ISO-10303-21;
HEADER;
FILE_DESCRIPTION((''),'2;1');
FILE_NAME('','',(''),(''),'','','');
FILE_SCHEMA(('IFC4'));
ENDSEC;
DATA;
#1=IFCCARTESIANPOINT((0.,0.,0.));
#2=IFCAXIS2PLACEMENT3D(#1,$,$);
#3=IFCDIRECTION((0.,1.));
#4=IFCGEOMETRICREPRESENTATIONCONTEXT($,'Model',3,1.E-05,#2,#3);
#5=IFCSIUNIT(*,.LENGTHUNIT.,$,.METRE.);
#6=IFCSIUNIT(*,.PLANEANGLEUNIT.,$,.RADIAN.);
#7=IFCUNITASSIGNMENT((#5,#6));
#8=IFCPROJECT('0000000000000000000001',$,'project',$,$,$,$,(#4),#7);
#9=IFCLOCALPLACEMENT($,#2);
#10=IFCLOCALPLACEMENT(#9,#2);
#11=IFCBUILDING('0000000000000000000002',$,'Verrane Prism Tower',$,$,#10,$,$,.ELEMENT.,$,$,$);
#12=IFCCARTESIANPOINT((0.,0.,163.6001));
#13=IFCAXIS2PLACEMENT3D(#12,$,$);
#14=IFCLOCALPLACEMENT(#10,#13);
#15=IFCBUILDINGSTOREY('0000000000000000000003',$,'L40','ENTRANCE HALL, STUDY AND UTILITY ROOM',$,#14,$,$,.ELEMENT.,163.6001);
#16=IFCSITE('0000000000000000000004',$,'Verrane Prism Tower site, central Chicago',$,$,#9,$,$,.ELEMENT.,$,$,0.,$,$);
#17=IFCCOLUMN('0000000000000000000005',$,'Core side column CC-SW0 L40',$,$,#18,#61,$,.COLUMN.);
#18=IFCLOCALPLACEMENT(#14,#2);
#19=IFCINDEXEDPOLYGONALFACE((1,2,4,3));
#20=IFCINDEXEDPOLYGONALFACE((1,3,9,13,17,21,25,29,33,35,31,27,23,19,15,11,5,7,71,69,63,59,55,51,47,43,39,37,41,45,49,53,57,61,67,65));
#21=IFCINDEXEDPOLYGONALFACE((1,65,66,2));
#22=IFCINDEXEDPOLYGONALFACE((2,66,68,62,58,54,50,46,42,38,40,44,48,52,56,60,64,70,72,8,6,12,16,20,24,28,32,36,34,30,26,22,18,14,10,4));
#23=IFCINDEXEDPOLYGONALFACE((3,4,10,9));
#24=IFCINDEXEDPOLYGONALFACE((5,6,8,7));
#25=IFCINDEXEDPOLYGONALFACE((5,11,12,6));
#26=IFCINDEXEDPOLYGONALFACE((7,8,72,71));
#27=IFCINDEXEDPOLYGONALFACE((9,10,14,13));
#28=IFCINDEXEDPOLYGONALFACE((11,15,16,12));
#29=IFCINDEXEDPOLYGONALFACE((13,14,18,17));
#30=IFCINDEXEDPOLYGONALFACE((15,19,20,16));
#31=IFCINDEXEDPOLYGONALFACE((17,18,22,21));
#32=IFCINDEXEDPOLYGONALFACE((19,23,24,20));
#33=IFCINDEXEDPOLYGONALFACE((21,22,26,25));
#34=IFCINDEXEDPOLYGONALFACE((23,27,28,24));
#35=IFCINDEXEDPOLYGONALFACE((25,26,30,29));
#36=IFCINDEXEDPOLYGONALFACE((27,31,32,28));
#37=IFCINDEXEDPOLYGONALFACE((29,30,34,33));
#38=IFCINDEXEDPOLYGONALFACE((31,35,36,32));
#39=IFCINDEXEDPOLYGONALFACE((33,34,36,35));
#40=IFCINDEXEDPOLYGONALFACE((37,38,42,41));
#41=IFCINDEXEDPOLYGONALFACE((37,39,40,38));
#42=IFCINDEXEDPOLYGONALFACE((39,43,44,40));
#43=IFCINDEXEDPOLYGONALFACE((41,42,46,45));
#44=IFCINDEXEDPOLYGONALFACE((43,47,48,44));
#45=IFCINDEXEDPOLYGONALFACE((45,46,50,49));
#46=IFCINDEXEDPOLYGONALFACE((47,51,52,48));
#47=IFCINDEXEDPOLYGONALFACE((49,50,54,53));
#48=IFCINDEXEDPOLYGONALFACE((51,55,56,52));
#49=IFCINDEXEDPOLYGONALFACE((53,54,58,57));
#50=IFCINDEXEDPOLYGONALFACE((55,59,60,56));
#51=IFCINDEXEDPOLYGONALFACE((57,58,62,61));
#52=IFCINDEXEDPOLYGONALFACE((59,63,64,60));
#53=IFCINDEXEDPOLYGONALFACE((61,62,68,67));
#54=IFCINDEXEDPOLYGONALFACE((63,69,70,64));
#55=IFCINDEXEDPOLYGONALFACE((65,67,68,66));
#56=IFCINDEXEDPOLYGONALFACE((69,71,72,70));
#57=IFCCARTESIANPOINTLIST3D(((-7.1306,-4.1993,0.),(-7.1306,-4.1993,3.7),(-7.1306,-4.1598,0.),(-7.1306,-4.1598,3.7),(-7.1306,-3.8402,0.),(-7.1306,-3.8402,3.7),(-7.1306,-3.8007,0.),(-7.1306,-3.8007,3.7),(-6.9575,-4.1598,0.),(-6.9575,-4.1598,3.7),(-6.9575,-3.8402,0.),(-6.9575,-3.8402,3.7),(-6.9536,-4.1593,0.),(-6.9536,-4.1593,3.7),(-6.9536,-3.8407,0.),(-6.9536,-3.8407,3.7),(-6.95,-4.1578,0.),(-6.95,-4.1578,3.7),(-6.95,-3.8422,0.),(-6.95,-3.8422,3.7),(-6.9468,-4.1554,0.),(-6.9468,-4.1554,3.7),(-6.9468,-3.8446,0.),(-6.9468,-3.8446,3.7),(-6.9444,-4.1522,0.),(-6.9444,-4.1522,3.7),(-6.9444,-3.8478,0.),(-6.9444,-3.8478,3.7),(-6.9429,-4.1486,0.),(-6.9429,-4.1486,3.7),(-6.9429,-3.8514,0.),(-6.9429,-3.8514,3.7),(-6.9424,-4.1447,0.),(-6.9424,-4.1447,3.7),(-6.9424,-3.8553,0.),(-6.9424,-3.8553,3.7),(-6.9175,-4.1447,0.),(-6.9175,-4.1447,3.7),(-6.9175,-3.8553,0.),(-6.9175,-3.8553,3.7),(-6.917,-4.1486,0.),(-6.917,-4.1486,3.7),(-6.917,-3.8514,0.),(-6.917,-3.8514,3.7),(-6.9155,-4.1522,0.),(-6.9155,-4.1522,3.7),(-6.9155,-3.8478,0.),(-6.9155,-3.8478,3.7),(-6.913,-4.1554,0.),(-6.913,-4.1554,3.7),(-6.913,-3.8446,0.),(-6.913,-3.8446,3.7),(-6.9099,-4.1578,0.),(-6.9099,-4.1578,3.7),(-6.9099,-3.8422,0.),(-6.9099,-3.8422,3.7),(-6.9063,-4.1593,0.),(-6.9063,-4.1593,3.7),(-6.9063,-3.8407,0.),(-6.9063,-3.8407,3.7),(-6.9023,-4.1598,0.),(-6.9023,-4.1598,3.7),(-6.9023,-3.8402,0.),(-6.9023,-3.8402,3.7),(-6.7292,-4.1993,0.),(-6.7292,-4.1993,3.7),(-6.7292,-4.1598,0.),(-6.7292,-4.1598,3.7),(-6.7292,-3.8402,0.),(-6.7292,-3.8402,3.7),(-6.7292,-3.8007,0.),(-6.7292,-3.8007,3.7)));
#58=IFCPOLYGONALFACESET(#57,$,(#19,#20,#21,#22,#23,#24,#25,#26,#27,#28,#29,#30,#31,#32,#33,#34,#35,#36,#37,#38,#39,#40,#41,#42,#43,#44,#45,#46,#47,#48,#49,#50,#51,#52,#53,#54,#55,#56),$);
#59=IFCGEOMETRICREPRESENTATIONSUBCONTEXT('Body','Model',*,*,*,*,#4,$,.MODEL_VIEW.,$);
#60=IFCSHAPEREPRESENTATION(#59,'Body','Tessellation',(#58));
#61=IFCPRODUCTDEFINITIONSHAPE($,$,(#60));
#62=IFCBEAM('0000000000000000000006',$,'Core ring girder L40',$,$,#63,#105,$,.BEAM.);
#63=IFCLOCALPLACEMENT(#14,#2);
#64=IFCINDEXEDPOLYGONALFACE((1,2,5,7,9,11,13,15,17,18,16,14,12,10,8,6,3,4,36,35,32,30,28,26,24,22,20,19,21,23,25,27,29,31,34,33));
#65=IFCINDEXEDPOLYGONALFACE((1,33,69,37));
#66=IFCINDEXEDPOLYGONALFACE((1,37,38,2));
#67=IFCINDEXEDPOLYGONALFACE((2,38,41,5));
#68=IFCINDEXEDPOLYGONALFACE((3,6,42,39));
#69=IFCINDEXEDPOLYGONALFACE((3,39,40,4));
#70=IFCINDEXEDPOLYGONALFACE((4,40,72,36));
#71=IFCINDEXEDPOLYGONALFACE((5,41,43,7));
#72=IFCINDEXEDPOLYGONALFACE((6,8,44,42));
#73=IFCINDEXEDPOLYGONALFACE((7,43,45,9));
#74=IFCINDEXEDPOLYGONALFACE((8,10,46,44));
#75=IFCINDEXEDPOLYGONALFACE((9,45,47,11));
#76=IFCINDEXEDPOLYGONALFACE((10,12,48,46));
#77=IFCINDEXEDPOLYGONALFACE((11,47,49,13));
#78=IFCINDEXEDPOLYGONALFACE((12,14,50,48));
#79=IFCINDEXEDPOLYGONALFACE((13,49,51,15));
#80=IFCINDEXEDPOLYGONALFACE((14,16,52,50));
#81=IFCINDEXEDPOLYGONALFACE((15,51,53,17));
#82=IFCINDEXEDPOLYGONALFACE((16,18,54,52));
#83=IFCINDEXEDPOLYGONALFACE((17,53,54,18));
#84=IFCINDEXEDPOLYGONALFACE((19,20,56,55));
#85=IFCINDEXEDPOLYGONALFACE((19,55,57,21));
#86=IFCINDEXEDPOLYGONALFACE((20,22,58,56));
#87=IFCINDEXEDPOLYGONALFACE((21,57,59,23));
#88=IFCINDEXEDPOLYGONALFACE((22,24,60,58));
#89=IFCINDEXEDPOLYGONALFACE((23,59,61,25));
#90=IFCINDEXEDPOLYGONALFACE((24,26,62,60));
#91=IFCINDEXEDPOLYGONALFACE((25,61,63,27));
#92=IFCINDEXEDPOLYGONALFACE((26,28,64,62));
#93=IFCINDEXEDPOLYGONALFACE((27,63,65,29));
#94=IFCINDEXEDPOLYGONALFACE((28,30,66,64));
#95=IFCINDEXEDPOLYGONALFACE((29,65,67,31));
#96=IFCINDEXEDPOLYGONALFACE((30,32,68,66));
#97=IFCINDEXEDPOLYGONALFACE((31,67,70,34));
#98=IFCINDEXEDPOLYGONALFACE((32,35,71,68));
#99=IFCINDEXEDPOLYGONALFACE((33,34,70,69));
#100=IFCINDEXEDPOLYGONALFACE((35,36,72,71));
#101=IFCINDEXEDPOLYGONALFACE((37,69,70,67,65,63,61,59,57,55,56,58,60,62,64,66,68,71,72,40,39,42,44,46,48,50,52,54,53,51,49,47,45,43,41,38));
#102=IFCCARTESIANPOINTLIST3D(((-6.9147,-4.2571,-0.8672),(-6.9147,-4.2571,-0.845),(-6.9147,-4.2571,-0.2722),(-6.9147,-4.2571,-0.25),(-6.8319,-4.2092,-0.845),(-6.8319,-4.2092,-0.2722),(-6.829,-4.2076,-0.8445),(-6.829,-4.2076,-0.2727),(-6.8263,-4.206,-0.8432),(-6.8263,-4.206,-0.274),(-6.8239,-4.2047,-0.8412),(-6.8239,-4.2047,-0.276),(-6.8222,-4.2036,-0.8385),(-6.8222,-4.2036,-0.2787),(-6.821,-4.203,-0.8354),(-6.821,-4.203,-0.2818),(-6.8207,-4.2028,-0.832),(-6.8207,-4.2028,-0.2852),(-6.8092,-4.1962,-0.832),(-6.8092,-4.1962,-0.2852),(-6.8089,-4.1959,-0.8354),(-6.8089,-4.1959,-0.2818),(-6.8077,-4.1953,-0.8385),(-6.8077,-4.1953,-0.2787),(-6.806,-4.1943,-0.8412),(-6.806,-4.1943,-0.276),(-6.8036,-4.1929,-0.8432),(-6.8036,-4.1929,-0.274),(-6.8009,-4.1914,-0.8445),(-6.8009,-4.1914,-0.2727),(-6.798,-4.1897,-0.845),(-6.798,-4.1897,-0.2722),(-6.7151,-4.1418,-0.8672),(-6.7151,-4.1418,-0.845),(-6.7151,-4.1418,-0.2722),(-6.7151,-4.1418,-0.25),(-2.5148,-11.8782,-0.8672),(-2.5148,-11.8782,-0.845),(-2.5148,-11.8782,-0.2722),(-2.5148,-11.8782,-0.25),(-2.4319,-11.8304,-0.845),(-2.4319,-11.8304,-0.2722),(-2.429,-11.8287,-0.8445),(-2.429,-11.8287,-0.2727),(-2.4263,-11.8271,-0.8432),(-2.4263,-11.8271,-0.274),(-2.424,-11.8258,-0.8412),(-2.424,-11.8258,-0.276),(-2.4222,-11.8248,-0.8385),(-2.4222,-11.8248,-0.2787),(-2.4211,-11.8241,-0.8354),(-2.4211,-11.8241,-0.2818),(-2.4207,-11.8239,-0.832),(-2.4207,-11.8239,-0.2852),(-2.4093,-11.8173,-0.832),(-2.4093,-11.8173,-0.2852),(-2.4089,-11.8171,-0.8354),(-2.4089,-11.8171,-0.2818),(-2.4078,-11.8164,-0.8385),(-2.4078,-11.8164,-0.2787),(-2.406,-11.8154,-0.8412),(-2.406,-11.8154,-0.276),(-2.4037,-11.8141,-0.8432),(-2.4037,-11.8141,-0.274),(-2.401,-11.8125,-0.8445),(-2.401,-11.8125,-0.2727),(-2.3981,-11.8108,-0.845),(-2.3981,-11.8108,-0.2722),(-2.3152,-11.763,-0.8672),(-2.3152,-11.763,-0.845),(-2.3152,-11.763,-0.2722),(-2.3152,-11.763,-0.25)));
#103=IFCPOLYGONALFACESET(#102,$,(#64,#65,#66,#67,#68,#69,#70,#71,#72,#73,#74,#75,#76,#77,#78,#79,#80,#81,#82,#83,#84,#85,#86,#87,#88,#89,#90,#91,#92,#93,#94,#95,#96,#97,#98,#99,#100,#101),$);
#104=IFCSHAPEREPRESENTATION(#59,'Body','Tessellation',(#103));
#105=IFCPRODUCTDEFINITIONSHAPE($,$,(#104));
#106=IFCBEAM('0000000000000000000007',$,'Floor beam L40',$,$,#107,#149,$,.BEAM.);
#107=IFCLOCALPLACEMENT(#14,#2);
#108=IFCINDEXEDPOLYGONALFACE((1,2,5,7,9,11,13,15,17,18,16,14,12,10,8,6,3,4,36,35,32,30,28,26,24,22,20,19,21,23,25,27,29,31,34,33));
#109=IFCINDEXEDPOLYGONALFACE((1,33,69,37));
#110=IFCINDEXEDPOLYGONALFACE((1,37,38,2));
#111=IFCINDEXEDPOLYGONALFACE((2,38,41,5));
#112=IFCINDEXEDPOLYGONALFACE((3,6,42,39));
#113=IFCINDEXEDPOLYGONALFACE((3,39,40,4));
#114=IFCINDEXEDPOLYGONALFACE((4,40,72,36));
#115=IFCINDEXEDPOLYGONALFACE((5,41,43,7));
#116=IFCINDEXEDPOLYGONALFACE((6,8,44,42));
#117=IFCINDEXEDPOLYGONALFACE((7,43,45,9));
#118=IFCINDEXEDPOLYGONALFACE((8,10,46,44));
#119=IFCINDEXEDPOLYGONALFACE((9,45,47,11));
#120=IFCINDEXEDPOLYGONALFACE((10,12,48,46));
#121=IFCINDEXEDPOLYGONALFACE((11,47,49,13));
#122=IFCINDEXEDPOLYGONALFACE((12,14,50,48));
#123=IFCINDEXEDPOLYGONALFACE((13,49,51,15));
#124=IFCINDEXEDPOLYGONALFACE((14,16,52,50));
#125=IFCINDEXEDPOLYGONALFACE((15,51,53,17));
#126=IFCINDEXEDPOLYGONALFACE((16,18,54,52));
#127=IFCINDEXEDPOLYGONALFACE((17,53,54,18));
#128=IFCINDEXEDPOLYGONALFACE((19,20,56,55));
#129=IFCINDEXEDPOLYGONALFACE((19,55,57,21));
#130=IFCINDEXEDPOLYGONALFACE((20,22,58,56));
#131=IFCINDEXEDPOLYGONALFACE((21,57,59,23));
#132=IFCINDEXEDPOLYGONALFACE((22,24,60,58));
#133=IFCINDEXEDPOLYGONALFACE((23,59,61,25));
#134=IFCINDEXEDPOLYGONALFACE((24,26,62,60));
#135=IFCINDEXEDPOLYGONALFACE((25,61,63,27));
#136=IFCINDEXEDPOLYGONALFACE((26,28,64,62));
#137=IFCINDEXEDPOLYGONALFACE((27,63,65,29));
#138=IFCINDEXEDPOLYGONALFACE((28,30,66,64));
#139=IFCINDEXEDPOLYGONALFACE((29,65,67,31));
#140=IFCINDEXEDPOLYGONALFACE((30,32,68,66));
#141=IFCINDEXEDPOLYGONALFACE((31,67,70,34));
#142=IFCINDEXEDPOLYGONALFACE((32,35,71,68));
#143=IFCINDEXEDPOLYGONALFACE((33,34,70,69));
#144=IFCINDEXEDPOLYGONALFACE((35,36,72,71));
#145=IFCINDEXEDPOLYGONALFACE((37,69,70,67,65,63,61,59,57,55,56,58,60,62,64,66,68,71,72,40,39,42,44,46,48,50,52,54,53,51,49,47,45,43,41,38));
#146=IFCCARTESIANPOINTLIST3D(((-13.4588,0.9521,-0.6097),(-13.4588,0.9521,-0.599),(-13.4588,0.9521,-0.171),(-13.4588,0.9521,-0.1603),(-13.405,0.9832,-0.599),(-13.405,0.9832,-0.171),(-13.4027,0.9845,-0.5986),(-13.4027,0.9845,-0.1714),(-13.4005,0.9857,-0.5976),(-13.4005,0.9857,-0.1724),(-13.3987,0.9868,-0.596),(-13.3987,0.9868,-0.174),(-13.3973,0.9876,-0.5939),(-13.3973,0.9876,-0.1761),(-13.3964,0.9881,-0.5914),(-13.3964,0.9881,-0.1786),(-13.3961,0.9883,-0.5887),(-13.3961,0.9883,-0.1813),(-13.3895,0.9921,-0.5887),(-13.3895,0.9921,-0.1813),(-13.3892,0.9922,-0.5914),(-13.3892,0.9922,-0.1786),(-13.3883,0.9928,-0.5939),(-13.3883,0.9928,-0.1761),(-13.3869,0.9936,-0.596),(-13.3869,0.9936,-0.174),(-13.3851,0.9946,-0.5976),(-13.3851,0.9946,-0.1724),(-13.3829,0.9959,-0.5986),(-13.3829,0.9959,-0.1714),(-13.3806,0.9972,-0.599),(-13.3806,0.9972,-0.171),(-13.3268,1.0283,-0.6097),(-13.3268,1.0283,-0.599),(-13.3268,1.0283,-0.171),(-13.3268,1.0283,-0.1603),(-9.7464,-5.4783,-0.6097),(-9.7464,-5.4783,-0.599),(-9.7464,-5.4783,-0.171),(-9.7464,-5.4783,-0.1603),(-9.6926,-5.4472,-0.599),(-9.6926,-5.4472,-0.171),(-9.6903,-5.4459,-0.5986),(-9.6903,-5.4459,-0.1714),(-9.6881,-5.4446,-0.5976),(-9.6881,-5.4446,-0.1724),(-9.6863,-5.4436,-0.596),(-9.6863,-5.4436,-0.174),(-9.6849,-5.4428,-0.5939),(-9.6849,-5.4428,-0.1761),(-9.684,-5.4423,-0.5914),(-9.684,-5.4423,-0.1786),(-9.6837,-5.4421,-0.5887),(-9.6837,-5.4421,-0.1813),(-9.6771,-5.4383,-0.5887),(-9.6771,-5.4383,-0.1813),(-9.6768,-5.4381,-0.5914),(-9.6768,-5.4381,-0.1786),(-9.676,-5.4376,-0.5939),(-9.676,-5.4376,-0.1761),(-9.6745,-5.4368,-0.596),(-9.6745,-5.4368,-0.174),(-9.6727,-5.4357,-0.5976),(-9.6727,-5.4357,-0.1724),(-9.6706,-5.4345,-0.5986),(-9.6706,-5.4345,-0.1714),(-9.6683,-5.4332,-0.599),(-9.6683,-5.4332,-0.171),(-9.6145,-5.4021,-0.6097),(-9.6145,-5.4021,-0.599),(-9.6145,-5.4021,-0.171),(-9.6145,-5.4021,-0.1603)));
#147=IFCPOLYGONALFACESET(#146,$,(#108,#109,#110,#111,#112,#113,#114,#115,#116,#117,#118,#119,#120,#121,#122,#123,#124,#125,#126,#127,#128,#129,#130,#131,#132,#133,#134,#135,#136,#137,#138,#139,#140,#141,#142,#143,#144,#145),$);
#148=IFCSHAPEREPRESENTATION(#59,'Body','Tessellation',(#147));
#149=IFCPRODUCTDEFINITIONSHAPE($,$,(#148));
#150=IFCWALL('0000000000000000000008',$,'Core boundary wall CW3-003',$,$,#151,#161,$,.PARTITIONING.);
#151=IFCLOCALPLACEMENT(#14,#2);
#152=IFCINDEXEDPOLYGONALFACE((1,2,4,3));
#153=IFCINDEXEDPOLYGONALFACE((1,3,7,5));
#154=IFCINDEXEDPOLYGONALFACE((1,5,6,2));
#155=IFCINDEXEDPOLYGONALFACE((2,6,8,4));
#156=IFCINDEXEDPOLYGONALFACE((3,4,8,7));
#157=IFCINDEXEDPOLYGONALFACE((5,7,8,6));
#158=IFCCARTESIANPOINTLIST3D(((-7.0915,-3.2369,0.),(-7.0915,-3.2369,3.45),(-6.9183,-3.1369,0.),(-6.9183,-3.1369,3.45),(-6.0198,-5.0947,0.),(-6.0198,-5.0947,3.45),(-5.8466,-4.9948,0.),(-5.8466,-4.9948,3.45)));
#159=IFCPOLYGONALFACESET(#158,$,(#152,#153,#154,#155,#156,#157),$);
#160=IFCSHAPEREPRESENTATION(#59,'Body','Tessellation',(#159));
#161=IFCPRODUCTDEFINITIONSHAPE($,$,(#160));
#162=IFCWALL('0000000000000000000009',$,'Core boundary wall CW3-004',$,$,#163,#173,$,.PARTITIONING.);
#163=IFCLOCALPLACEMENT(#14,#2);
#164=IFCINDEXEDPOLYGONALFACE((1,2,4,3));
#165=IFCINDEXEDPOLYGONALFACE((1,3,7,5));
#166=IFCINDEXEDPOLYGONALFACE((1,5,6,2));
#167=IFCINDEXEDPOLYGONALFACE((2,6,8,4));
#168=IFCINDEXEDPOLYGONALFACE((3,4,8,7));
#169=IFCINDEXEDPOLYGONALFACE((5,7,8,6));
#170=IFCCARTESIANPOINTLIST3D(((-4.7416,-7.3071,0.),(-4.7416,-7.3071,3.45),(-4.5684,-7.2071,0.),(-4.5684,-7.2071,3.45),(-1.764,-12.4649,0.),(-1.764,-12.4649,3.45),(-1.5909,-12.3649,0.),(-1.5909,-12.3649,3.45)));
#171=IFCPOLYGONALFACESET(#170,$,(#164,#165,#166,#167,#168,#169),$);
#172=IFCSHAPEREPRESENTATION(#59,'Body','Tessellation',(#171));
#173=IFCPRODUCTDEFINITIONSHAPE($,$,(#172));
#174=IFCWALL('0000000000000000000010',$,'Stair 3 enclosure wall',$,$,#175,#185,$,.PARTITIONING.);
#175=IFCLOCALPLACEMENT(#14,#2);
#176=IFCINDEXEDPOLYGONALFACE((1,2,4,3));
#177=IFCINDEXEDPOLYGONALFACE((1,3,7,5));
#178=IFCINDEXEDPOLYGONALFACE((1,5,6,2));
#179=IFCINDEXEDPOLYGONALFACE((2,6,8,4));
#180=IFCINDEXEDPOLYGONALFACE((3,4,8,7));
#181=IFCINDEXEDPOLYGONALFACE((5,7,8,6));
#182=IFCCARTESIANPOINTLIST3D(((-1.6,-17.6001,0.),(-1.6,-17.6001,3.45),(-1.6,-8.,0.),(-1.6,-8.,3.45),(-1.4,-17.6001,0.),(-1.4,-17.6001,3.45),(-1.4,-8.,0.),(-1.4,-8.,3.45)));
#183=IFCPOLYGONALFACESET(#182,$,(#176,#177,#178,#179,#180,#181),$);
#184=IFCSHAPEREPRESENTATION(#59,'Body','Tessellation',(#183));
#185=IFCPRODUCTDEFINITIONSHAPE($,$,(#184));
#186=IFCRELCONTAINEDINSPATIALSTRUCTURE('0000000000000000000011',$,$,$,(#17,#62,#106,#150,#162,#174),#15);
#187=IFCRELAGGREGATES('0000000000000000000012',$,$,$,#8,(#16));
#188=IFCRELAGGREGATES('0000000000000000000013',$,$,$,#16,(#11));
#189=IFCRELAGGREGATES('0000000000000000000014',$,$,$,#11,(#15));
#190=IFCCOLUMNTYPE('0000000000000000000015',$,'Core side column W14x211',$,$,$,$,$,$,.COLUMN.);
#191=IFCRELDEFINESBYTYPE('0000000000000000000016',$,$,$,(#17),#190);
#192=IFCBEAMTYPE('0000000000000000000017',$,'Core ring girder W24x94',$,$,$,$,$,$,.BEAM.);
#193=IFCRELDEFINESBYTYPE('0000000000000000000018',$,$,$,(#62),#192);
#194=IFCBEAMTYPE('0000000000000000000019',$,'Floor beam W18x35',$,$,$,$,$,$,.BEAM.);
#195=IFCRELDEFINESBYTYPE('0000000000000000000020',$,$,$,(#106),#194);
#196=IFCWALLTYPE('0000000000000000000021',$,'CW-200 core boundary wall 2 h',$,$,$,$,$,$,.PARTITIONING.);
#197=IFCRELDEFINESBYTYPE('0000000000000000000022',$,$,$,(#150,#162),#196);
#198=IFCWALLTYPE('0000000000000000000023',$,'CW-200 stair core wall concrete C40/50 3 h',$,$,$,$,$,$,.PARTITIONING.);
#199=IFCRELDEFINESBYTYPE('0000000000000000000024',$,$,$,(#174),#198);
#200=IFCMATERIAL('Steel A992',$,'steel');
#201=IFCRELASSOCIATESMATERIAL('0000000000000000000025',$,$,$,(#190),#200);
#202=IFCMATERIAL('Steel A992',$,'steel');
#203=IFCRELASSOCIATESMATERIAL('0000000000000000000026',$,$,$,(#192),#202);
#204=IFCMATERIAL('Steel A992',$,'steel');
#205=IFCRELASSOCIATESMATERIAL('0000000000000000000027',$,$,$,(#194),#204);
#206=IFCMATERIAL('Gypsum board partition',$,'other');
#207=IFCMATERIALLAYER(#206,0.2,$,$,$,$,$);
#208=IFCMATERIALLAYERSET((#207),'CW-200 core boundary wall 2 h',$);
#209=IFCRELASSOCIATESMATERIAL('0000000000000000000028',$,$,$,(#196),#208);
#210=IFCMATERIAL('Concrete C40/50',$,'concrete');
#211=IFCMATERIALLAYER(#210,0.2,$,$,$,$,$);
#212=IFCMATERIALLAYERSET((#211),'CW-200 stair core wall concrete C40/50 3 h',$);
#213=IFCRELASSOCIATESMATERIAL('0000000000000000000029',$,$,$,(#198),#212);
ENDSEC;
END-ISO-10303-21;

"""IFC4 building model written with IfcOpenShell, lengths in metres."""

from ifc_helpers import new_model, si_unit, direction, frame, frame_2d, origin, origin_2d, place, context, subcontext, project, spatial, rectangle, i_section, extrude, material, layer, layer_set, material_profile, profile_set, type_object, element, save


model = new_model("IFC4")

# Units and contexts
model_context = context("Model", 3, precision=1e-05, world=origin(), true_north=direction((0.0, 1.0)))
body_context = subcontext(model_context, "Body", "Model", "MODEL_VIEW")
ifc_project = project(units=[si_unit("LENGTHUNIT", "METRE"), si_unit("PLANEANGLEUNIT", "RADIAN")], contexts=[model_context])

# Site, building, storey
site_placement = place(None, origin())
site = spatial("IfcSite", under=ifc_project, at=site_placement, Name="Verrane Prism Tower site, central Chicago", CompositionType="ELEMENT", RefElevation=0.0)
building_placement = place(site_placement, origin())
building = spatial("IfcBuilding", under=site, at=building_placement, Name="Verrane Prism Tower", CompositionType="ELEMENT")
storey_placement = place(building_placement, frame((0.0, 0.0, 163.6001)))
storey = spatial("IfcBuildingStorey", under=building, at=storey_placement, Name="L40", Description="ENTRANCE HALL, STUDY AND UTILITY ROOM", CompositionType="ELEMENT", Elevation=163.6001)

# Column
ifc_material_1 = material(Name="Steel A992", Category="steel")
ifc_material_profile_1 = material_profile(ifc_material_1, i_section(OverallWidth=0.4014, OverallDepth=0.3987, WebThickness=0.0249, FlangeThickness=0.0396, FilletRadius=0.0151, at=origin_2d()), Name="W14x211")
ifc_profile_set_1 = profile_set([ifc_material_profile_1], Name="Steel A992")
column_type = type_object("IfcColumnType", Name="Core side column W14x211", PredefinedType="COLUMN", material=ifc_profile_set_1)
column_placement = place(storey_placement, frame((-6.9299, -4.0, 0.0), z_axis=(0.0, 0.0, 1.0), x_axis=(1.0, 0.0, 0.0)))
element("IfcColumn", 1, at=column_placement, inside=storey, type_object=column_type, Name="Core side column CC-SW0 L40", PredefinedType="COLUMN", context=body_context, shape_type="SweptSolid", body=[
    extrude(i_section(OverallWidth=0.4014, OverallDepth=0.3987, WebThickness=0.0249, FlangeThickness=0.0396, FilletRadius=0.0151, at=origin_2d()), origin(), (0.0, 0.0, 1.0), 3.7),
])

# Beams
ifc_material_2 = material(Name="Steel A992", Category="steel")
ifc_material_profile_2 = material_profile(ifc_material_2, i_section(OverallWidth=0.2305, OverallDepth=0.6172, WebThickness=0.0132, FlangeThickness=0.0222, FilletRadius=0.0129, at=origin_2d()), Name="W24x94")
ifc_profile_set_2 = profile_set([ifc_material_profile_2], Name="Steel A992")
beam_type_1 = type_object("IfcBeamType", Name="Core ring girder W24x94", PredefinedType="BEAM", material=ifc_profile_set_2)
beam_1_placement = place(storey_placement, frame((-6.8149, -4.1995, -0.5586), z_axis=(0.499988, -0.866032, 0.0), x_axis=(0.866032, 0.499988, 0.0)))
element("IfcBeam", 2, at=beam_1_placement, inside=storey, type_object=beam_type_1, Name="Core ring girder L40", PredefinedType="BEAM", context=body_context, shape_type="SweptSolid", body=[
    extrude(i_section(OverallWidth=0.2305, OverallDepth=0.6172, WebThickness=0.0132, FlangeThickness=0.0222, FilletRadius=0.0129, at=origin_2d()), origin(), (0.0, 0.0, 1.0), 8.8),
])
ifc_material_3 = material(Name="Steel A992", Category="steel")
ifc_material_profile_3 = material_profile(ifc_material_3, i_section(OverallWidth=0.1523, OverallDepth=0.4495, WebThickness=0.0076, FlangeThickness=0.0107, FilletRadius=0.0103, at=origin_2d()), Name="W18x35")
ifc_profile_set_3 = profile_set([ifc_material_profile_3], Name="Steel A992")
beam_type_2 = type_object("IfcBeamType", Name="Floor beam W18x35", PredefinedType="BEAM", material=ifc_profile_set_3)
beam_2_placement = place(storey_placement, frame((-9.6804, -5.4402, -0.385), z_axis=(-0.49998, 0.866037, 0.0), x_axis=(-0.866037, -0.49998, 0.0)))
element("IfcBeam", 3, at=beam_2_placement, inside=storey, type_object=beam_type_2, Name="Floor beam L40", PredefinedType="BEAM", context=body_context, shape_type="SweptSolid", body=[
    extrude(i_section(OverallWidth=0.1523, OverallDepth=0.4495, WebThickness=0.0076, FlangeThickness=0.0107, FilletRadius=0.0103, at=origin_2d()), origin(), (0.0, 0.0, 1.0), 7.425),
])

# Walls
ifc_material_4 = material(Name="Gypsum board partition", Category="other")
ifc_layer_1 = layer(ifc_material_4, 0.2)
ifc_layer_set_1 = layer_set([ifc_layer_1], Name="CW-200 core boundary wall 2 h")
wall_type_1 = type_object("IfcWallType", Name="CW-200 core boundary wall 2 h", PredefinedType="PARTITIONING", material=ifc_layer_set_1)
wall_1_placement = place(storey_placement, frame((-7.0049, -3.187, 0.0), z_axis=(0.0, 0.0, 1.0), x_axis=(0.49969, -0.866205, 0.0)))
element("IfcWall", 4, at=wall_1_placement, inside=storey, type_object=wall_type_1, Name="Core boundary wall CW3-003", PredefinedType="PARTITIONING", context=body_context, shape_type="SweptSolid", body=[
    extrude(rectangle(XDim=2.1448, YDim=0.2, at=frame_2d((1.0723, 0.0))), origin(), (0.0, 0.0, 1.0), 3.45),
])
wall_2_placement = place(storey_placement, frame((-4.655, -7.2571, 0.0), z_axis=(0.0, 0.0, 1.0), x_axis=(0.499966, -0.866045, 0.0)))
element("IfcWall", 5, at=wall_2_placement, inside=storey, type_object=wall_type_1, Name="Core boundary wall CW3-004", PredefinedType="PARTITIONING", context=body_context, shape_type="SweptSolid", body=[
    extrude(rectangle(XDim=5.9556, YDim=0.2, at=frame_2d((2.9778, 0.0))), origin(), (0.0, 0.0, 1.0), 3.45),
])
ifc_material_5 = material(Name="Concrete C40/50", Category="concrete")
ifc_layer_2 = layer(ifc_material_5, 0.2)
ifc_layer_set_2 = layer_set([ifc_layer_2], Name="CW-200 stair core wall concrete C40/50 3 h")
wall_type_2 = type_object("IfcWallType", Name="CW-200 stair core wall concrete C40/50 3 h", PredefinedType="PARTITIONING", material=ifc_layer_set_2)
wall_3_placement = place(storey_placement, frame((-1.5, -8.0, 0.0), z_axis=(0.0, 0.0, 1.0), x_axis=(0.0, -1.0, 0.0)))
element("IfcWall", 6, at=wall_3_placement, inside=storey, type_object=wall_type_2, Name="Stair 3 enclosure wall", PredefinedType="PARTITIONING", context=body_context, shape_type="SweptSolid", body=[
    extrude(rectangle(XDim=9.6001, YDim=0.2, at=frame_2d((4.8, 0.0))), origin(), (0.0, 0.0, 1.0), 3.45),
])

save(model, "model.ifc")
